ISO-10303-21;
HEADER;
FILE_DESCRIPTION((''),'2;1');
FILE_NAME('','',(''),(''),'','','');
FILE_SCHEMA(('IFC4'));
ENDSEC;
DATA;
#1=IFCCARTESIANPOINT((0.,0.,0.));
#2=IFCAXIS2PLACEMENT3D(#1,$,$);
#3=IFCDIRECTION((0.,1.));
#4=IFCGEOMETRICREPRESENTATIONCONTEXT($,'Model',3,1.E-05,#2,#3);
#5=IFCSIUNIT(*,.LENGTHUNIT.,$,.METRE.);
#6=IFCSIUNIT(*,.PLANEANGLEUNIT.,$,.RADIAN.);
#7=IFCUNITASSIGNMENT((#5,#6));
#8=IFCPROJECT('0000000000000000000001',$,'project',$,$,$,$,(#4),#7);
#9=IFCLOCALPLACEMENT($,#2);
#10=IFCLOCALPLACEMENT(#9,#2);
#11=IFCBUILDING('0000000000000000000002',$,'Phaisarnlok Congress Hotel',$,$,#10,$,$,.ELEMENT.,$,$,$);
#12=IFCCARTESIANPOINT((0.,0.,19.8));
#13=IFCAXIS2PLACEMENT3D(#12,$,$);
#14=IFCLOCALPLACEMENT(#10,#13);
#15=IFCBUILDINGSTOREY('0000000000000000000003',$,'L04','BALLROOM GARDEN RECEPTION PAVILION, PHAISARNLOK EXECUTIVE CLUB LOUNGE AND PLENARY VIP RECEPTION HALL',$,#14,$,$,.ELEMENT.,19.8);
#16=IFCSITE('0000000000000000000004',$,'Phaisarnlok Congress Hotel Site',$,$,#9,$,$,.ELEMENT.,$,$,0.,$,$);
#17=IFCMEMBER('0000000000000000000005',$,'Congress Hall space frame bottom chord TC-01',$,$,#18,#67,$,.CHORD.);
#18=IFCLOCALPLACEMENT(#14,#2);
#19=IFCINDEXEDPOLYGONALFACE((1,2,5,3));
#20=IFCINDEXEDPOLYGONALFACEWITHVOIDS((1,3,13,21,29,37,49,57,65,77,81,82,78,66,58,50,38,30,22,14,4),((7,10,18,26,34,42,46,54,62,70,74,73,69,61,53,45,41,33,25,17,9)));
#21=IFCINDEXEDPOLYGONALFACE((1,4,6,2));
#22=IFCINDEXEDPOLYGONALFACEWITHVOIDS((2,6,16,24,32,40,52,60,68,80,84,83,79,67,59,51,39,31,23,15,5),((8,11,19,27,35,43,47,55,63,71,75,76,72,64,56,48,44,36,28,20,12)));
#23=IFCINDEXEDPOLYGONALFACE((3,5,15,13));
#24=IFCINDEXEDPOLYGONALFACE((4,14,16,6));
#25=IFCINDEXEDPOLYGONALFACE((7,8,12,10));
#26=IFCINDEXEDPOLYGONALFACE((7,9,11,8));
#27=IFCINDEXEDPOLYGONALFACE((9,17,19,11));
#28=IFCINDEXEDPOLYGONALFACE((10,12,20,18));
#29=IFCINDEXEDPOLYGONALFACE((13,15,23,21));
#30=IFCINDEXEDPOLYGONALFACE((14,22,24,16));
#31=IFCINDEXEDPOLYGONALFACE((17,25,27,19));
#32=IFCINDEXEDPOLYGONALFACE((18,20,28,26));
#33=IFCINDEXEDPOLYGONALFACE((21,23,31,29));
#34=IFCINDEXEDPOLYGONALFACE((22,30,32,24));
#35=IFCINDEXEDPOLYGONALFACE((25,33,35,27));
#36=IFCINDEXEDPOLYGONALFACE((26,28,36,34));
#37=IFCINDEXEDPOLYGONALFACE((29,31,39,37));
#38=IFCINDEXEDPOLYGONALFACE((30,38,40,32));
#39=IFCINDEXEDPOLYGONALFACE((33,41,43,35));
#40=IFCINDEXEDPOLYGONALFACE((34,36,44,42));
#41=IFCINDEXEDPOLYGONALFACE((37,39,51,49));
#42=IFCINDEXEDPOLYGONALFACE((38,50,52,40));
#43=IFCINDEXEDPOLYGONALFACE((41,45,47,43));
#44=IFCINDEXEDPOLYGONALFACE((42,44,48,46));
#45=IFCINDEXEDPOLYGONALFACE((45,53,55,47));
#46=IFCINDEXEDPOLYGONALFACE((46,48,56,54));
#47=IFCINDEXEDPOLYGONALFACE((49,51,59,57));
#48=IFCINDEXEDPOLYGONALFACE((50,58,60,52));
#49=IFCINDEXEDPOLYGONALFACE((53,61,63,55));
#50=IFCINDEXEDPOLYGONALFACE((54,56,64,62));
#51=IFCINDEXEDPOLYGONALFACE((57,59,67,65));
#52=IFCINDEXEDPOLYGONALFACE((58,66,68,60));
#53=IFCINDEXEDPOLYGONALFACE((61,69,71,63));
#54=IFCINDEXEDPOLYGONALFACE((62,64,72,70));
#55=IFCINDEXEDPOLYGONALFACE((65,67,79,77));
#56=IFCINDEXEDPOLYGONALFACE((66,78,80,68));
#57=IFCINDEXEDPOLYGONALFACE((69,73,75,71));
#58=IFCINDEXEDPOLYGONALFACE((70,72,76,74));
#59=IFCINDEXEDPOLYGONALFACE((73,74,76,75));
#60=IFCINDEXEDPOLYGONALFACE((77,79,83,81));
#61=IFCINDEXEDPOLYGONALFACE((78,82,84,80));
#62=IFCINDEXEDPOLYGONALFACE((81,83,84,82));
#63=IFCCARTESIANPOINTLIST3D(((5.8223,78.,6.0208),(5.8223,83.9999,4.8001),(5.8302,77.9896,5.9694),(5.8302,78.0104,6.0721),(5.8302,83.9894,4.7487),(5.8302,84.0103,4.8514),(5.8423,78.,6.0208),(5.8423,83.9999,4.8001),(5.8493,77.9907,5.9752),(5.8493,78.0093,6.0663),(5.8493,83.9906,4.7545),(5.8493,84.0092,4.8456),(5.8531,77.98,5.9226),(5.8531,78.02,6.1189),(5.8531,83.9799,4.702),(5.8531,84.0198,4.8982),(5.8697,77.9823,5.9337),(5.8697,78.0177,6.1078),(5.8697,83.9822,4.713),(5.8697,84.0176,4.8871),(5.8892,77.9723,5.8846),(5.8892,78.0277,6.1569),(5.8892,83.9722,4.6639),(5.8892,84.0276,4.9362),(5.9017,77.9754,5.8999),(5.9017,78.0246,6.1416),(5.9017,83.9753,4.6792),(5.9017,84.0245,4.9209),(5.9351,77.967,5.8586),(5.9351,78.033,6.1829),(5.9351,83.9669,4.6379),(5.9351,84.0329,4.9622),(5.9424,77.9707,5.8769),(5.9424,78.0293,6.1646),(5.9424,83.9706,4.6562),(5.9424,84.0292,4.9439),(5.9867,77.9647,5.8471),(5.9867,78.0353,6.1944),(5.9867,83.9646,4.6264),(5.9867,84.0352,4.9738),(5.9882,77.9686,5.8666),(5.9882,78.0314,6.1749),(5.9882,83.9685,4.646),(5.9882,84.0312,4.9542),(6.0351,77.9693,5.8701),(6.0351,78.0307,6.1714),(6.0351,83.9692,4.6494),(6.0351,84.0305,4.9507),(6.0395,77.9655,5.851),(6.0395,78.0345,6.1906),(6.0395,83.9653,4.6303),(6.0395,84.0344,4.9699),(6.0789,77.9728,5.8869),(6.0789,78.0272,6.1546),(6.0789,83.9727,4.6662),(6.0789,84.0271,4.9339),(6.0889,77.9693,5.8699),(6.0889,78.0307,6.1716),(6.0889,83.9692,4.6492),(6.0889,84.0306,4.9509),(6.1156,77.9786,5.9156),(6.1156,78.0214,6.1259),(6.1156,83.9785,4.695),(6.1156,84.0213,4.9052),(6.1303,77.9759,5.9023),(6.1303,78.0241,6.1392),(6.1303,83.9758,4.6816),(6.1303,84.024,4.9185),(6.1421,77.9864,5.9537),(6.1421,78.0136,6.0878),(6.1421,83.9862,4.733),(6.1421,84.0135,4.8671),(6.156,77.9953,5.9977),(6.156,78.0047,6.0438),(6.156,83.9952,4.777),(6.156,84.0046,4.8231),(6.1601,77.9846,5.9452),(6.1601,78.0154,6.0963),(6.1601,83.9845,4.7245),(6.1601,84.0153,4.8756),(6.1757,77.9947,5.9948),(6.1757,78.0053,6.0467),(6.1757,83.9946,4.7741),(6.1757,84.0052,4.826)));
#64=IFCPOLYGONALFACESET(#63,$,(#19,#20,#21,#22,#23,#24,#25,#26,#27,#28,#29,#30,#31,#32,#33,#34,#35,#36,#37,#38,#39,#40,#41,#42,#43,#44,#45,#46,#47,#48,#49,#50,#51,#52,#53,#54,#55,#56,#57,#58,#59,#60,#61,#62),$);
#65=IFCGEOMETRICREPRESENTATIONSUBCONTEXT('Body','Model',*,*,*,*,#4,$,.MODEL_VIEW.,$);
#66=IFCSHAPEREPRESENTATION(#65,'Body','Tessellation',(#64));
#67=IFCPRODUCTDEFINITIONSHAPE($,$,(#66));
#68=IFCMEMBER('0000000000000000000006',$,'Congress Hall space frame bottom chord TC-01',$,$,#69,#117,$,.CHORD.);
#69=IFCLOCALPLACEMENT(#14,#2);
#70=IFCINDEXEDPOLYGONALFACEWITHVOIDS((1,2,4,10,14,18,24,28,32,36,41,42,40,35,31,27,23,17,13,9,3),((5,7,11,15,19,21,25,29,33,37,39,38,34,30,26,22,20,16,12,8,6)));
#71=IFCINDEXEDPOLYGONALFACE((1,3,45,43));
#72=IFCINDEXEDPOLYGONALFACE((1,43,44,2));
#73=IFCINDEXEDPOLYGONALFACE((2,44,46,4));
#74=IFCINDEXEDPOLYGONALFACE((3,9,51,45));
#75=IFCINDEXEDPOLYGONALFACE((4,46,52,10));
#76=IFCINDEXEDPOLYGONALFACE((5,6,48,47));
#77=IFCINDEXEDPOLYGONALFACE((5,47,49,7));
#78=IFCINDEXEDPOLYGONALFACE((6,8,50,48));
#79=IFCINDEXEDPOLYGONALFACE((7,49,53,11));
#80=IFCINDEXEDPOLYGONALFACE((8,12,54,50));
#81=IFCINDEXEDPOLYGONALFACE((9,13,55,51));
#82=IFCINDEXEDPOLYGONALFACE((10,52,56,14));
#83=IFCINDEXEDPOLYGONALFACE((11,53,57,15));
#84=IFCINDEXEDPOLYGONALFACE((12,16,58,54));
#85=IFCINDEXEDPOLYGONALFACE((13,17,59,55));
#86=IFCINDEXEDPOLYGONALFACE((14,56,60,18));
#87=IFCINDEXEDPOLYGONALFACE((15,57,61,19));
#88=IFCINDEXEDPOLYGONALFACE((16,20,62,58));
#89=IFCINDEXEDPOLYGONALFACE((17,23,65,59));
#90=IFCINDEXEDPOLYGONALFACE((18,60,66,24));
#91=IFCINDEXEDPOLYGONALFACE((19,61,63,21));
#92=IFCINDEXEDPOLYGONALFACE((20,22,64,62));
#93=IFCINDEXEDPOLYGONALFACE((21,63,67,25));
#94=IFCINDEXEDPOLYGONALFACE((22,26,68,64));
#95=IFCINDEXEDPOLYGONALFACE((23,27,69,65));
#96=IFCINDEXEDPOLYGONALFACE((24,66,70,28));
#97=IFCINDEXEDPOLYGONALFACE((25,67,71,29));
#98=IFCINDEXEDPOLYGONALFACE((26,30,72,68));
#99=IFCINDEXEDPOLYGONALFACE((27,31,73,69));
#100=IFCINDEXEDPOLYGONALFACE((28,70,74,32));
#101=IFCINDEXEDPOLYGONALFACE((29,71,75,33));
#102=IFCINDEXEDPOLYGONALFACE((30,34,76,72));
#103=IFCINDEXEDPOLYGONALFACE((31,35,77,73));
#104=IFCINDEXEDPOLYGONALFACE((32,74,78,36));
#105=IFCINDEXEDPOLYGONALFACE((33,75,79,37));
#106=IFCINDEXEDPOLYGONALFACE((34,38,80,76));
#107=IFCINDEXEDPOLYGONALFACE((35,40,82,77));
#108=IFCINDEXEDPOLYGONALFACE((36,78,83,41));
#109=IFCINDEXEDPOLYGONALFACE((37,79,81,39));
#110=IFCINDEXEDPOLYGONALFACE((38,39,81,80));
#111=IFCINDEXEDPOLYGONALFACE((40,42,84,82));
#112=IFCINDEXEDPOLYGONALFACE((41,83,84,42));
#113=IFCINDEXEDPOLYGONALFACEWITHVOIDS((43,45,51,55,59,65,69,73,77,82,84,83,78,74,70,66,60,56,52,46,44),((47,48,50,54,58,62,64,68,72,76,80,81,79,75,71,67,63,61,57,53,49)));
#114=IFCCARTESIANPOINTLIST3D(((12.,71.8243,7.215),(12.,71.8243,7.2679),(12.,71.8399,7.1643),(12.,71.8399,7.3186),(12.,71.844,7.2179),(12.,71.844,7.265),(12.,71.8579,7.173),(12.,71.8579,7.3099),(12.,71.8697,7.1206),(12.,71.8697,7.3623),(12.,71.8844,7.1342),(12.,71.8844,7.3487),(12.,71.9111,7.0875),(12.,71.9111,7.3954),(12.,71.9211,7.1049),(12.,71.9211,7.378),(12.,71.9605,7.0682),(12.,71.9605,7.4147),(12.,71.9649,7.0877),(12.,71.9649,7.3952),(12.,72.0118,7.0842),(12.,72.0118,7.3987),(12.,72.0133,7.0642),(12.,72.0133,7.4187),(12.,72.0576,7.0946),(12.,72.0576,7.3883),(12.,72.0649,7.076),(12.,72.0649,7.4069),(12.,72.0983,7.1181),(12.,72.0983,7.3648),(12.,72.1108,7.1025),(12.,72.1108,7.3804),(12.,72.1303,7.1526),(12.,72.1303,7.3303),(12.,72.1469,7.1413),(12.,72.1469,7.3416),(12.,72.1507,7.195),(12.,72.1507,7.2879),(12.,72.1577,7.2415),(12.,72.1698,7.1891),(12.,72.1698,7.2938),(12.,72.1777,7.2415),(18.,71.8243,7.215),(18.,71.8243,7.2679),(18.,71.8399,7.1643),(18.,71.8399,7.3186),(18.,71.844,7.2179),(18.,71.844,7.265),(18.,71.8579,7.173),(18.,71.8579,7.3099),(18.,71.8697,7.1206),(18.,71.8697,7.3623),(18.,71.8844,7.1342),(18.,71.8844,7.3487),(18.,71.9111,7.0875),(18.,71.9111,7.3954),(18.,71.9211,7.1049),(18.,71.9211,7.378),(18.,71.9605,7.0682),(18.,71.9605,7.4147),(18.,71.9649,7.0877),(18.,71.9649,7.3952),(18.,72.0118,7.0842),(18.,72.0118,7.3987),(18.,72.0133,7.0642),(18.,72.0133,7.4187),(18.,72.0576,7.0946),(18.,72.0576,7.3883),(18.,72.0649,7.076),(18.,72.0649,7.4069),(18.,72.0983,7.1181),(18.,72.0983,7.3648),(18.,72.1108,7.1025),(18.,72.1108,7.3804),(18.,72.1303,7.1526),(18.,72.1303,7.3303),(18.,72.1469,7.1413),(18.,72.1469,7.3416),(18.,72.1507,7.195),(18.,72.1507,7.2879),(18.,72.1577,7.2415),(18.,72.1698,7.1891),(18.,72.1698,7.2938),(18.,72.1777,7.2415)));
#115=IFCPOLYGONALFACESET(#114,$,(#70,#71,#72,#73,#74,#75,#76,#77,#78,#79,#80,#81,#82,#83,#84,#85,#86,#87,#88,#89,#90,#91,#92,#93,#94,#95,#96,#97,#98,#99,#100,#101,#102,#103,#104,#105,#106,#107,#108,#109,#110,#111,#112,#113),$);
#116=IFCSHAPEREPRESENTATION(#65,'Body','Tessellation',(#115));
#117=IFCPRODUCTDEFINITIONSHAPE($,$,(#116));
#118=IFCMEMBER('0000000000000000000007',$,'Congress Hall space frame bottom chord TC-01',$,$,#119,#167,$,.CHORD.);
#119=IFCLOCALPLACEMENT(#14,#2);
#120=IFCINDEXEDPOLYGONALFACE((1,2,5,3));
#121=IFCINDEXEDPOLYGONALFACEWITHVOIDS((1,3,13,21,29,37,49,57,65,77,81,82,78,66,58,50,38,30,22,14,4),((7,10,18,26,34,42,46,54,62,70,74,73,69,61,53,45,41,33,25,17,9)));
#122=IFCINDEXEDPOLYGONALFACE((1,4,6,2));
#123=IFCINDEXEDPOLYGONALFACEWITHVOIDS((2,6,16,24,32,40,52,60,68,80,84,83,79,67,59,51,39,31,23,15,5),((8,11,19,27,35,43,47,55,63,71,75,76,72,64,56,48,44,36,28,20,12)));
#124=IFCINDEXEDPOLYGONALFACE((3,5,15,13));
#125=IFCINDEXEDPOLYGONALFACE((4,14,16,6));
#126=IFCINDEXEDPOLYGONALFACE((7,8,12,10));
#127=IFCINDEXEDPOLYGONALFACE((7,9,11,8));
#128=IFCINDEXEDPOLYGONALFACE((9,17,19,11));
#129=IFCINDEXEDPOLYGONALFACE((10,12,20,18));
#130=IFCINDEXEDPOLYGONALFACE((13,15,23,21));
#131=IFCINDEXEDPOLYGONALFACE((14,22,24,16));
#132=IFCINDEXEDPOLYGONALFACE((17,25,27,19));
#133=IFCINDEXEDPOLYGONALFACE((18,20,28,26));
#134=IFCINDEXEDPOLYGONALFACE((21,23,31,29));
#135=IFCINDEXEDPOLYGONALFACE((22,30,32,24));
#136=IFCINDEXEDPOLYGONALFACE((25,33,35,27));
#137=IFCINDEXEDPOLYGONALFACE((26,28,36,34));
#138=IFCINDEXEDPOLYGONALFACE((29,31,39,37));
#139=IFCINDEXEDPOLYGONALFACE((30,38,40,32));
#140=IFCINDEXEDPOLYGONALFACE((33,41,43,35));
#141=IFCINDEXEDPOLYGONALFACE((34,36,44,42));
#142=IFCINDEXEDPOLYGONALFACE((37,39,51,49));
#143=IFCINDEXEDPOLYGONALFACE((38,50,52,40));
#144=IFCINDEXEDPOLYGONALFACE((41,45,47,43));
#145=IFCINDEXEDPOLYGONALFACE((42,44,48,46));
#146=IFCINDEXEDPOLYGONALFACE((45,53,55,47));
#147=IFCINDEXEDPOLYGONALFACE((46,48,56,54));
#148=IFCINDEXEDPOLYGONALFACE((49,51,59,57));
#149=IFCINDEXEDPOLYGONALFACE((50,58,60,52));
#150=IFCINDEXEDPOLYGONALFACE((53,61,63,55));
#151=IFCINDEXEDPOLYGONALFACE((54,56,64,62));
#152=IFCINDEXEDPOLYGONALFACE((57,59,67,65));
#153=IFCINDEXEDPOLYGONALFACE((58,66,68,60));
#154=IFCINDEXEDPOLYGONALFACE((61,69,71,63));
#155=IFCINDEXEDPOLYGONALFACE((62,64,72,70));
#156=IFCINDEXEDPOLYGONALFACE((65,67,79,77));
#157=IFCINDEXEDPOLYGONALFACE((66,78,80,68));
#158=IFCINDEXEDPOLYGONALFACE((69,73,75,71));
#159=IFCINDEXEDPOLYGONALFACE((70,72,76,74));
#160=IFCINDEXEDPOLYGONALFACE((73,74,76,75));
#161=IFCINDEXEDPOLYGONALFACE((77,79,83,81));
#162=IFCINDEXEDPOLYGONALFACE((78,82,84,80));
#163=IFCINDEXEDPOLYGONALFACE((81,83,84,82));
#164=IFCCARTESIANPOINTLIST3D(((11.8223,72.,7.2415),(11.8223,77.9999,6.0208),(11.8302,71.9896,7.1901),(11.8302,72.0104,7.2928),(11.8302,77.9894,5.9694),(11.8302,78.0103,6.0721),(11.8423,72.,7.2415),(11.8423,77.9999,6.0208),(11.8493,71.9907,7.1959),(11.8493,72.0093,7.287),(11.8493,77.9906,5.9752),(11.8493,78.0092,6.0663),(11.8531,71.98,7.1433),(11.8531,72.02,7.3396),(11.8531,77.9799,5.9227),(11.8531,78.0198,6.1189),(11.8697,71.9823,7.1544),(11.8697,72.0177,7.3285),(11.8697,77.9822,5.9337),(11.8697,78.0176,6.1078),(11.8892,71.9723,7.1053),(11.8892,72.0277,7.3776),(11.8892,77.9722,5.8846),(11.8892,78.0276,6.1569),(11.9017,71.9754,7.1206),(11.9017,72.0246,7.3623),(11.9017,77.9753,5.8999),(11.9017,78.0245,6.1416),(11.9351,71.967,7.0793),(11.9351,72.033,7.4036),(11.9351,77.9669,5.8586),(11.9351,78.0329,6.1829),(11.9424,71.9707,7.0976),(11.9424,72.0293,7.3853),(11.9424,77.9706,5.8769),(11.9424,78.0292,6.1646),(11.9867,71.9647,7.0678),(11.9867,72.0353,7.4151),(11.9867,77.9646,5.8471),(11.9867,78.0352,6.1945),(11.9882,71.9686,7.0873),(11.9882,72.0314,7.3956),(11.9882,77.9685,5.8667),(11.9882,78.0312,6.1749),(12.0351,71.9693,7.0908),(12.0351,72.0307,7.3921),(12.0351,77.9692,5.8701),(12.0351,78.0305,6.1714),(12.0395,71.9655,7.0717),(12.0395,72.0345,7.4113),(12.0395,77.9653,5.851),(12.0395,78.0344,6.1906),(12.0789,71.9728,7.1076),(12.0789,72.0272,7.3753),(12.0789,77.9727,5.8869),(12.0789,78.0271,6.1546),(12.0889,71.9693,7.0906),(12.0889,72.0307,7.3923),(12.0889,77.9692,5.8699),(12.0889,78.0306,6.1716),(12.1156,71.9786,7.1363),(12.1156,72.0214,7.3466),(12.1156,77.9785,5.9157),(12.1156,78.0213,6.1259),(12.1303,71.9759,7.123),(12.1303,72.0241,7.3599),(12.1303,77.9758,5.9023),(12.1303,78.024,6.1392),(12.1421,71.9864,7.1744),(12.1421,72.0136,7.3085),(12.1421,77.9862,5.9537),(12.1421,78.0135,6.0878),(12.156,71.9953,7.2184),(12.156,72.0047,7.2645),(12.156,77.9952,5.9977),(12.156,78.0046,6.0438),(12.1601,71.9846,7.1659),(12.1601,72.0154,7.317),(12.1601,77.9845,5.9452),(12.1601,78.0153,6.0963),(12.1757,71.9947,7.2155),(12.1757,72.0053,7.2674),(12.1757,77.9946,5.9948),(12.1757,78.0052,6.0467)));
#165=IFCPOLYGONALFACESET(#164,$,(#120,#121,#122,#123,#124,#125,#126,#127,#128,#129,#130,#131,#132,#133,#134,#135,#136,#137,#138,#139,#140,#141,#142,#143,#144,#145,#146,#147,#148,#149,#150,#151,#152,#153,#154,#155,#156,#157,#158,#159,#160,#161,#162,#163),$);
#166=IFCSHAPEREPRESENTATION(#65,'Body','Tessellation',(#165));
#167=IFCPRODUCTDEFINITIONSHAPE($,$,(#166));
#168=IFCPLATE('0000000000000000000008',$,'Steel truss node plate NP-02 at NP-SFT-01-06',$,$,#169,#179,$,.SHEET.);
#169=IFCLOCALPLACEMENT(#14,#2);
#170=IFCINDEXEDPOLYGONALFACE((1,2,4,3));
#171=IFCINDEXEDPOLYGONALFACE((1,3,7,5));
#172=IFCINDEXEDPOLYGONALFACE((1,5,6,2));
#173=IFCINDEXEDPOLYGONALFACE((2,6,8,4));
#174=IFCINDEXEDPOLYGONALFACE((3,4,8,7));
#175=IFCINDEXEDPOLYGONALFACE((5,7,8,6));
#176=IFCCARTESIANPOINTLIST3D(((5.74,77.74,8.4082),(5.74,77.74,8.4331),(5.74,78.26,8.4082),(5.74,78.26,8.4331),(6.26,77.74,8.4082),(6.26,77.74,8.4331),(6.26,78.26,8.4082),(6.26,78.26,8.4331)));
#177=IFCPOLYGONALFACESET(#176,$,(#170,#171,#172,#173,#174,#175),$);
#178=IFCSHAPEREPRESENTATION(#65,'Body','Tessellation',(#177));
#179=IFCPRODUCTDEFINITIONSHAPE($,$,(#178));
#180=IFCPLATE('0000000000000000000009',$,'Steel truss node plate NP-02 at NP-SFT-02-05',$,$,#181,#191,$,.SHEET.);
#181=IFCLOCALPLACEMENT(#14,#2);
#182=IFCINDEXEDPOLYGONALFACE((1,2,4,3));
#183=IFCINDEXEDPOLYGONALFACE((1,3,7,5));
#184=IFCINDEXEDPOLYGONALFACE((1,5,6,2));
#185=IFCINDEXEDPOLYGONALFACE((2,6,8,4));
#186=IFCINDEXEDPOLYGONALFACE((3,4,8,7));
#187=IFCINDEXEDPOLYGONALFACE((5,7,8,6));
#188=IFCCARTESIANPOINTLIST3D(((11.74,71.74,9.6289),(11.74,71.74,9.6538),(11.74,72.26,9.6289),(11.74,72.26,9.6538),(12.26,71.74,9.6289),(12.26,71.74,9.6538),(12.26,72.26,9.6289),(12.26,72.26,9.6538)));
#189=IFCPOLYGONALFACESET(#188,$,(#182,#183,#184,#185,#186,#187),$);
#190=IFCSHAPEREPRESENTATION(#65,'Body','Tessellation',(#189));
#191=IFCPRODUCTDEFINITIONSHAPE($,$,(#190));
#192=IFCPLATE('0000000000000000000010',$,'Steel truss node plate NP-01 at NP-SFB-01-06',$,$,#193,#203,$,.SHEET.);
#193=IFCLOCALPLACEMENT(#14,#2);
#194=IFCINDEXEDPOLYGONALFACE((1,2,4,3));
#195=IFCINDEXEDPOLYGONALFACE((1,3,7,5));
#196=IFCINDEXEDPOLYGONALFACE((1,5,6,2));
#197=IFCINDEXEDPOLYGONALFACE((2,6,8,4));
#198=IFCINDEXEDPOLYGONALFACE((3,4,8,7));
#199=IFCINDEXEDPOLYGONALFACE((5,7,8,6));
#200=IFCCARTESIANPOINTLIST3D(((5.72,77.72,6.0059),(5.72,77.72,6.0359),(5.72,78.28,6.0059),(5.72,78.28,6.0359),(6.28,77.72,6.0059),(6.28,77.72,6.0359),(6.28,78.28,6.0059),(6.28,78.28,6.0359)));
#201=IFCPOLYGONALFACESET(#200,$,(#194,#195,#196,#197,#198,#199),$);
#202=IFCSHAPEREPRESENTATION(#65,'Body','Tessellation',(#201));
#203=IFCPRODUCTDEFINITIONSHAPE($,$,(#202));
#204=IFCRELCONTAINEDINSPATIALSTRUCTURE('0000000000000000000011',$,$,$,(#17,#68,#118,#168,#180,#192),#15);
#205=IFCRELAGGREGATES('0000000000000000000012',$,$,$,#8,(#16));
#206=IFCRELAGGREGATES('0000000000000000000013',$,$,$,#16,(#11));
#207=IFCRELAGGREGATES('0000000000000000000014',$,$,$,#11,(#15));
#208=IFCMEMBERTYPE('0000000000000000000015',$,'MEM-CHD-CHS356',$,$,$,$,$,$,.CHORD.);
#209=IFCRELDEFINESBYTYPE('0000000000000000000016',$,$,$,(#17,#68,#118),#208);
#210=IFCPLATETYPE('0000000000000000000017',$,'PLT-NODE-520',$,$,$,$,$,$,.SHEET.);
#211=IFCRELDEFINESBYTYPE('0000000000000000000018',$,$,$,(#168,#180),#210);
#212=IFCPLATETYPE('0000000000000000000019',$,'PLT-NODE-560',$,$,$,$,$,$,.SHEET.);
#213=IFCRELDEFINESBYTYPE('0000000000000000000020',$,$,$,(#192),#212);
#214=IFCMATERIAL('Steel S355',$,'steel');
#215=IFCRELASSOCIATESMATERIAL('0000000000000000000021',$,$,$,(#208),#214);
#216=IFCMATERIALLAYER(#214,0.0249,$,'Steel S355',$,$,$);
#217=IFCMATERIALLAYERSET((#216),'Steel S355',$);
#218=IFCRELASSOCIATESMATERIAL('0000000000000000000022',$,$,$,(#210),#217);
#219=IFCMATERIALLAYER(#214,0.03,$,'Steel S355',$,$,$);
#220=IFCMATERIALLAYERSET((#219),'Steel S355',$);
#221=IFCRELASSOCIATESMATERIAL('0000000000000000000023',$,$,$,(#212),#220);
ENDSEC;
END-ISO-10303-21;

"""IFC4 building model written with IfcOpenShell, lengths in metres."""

from ifc_helpers import new_model, si_unit, direction, frame, origin, origin_2d, place, context, subcontext, project, spatial, rectangle, hollow_circle, extrude, material, layer, layer_set, material_profile, profile_set, type_object, element, save


model = new_model("IFC4")

# Units and contexts
model_context = context("Model", 3, precision=1e-05, world=origin(), true_north=direction((0.0, 1.0)))
body_context = subcontext(model_context, "Body", "Model", "MODEL_VIEW")
ifc_project = project(units=[si_unit("LENGTHUNIT", "METRE"), si_unit("PLANEANGLEUNIT", "RADIAN")], contexts=[model_context])

# Site, building, storey
site_placement = place(None, origin())
site = spatial("IfcSite", under=ifc_project, at=site_placement, Name="Phaisarnlok Congress Hotel Site", CompositionType="ELEMENT", RefElevation=0.0)
building_placement = place(site_placement, origin())
building = spatial("IfcBuilding", under=site, at=building_placement, Name="Phaisarnlok Congress Hotel", CompositionType="ELEMENT")
storey_placement = place(building_placement, frame((0.0, 0.0, 19.8)))
storey = spatial("IfcBuildingStorey", under=building, at=storey_placement, Name="L04", Description="BALLROOM GARDEN RECEPTION PAVILION, PHAISARNLOK EXECUTIVE CLUB LOUNGE AND PLENARY VIP RECEPTION HALL", CompositionType="ELEMENT", Elevation=19.8)

# Members
ifc_material = material(Name="Steel S355", Category="steel")
ifc_material_profile_1 = material_profile(ifc_material, hollow_circle(Radius=0.1777, WallThickness=0.02, at=origin_2d()), Name="CHS 355.6x20")
ifc_profile_set_1 = profile_set([ifc_material_profile_1], Name="Steel S355")
member_type_1 = type_object("IfcMemberType", Name="MEM-CHD-CHS356", PredefinedType="CHORD", material=ifc_profile_set_1)
member_1_placement = place(storey_placement, frame((6.0, 78.0, 6.0208), z_axis=(0.0, 0.979925, -0.199366), x_axis=(-1.0, 0.0, 0.0)))
element("IfcMember", 1, at=member_1_placement, inside=storey, type_object=member_type_1, Name="Congress Hall space frame bottom chord TC-01", PredefinedType="CHORD", context=body_context, shape_type="SweptSolid", body=[
    extrude(hollow_circle(Radius=0.1777, WallThickness=0.02, at=origin_2d()), origin(), (0.0, 0.0, 1.0), 6.1228),
])
member_2_placement = place(storey_placement, frame((12.0, 72.0, 7.2415), z_axis=(1.0, 0.0, 0.0), x_axis=(0.0, 1.0, 0.0)))
element("IfcMember", 2, at=member_2_placement, inside=storey, type_object=member_type_1, Name="Congress Hall space frame bottom chord TC-01", PredefinedType="CHORD", context=body_context, shape_type="SweptSolid", body=[
    extrude(hollow_circle(Radius=0.1777, WallThickness=0.02, at=origin_2d()), origin(), (0.0, 0.0, 1.0), 6.0),
])
member_3_placement = place(storey_placement, frame((12.0, 72.0, 7.2415), z_axis=(0.0, 0.979925, -0.199366), x_axis=(-1.0, 0.0, 0.0)))
element("IfcMember", 3, at=member_3_placement, inside=storey, type_object=member_type_1, Name="Congress Hall space frame bottom chord TC-01", PredefinedType="CHORD", context=body_context, shape_type="SweptSolid", body=[
    extrude(hollow_circle(Radius=0.1777, WallThickness=0.02, at=origin_2d()), origin(), (0.0, 0.0, 1.0), 6.1228),
])

# Plates
ifc_layer_1 = layer(ifc_material, 0.0249, Name="Steel S355")
ifc_layer_set_1 = layer_set([ifc_layer_1], Name="Steel S355")
plate_type_1 = type_object("IfcPlateType", Name="PLT-NODE-520", PredefinedType="SHEET", material=ifc_layer_set_1)
for number, where, z_axis, x_axis, name in (
    (4, (6.0, 78.0, 8.4082), (0.0, 0.0, 1.0), (1.0, 0.0, 0.0), "Steel truss node plate NP-02 at NP-SFT-01-06"),
    (5, (12.0, 72.0, 9.6289), (0.0, 0.0, 1.0), (1.0, 0.0, 0.0), "Steel truss node plate NP-02 at NP-SFT-02-05"),
):
    element("IfcPlate", number, at=place(storey_placement, frame(where, z_axis=z_axis, x_axis=x_axis)), inside=storey, type_object=plate_type_1, Name=name, PredefinedType="SHEET", context=body_context, shape_type="SweptSolid", body=[
        extrude(rectangle(XDim=0.52, YDim=0.52, at=origin_2d()), origin(), (0.0, 0.0, 1.0), 0.0249),
    ])
ifc_layer_2 = layer(ifc_material, 0.03, Name="Steel S355")
ifc_layer_set_2 = layer_set([ifc_layer_2], Name="Steel S355")
plate_type_2 = type_object("IfcPlateType", Name="PLT-NODE-560", PredefinedType="SHEET", material=ifc_layer_set_2)
for number, where, z_axis, x_axis, name in (
    (6, (6.0, 78.0, 6.0059), (0.0, 0.0, 1.0), (1.0, 0.0, 0.0), "Steel truss node plate NP-01 at NP-SFB-01-06"),
):
    element("IfcPlate", number, at=place(storey_placement, frame(where, z_axis=z_axis, x_axis=x_axis)), inside=storey, type_object=plate_type_2, Name=name, PredefinedType="SHEET", context=body_context, shape_type="SweptSolid", body=[
        extrude(rectangle(XDim=0.5601, YDim=0.5601, at=origin_2d()), origin(), (0.0, 0.0, 1.0), 0.03),
    ])

save(model, "model.ifc")
